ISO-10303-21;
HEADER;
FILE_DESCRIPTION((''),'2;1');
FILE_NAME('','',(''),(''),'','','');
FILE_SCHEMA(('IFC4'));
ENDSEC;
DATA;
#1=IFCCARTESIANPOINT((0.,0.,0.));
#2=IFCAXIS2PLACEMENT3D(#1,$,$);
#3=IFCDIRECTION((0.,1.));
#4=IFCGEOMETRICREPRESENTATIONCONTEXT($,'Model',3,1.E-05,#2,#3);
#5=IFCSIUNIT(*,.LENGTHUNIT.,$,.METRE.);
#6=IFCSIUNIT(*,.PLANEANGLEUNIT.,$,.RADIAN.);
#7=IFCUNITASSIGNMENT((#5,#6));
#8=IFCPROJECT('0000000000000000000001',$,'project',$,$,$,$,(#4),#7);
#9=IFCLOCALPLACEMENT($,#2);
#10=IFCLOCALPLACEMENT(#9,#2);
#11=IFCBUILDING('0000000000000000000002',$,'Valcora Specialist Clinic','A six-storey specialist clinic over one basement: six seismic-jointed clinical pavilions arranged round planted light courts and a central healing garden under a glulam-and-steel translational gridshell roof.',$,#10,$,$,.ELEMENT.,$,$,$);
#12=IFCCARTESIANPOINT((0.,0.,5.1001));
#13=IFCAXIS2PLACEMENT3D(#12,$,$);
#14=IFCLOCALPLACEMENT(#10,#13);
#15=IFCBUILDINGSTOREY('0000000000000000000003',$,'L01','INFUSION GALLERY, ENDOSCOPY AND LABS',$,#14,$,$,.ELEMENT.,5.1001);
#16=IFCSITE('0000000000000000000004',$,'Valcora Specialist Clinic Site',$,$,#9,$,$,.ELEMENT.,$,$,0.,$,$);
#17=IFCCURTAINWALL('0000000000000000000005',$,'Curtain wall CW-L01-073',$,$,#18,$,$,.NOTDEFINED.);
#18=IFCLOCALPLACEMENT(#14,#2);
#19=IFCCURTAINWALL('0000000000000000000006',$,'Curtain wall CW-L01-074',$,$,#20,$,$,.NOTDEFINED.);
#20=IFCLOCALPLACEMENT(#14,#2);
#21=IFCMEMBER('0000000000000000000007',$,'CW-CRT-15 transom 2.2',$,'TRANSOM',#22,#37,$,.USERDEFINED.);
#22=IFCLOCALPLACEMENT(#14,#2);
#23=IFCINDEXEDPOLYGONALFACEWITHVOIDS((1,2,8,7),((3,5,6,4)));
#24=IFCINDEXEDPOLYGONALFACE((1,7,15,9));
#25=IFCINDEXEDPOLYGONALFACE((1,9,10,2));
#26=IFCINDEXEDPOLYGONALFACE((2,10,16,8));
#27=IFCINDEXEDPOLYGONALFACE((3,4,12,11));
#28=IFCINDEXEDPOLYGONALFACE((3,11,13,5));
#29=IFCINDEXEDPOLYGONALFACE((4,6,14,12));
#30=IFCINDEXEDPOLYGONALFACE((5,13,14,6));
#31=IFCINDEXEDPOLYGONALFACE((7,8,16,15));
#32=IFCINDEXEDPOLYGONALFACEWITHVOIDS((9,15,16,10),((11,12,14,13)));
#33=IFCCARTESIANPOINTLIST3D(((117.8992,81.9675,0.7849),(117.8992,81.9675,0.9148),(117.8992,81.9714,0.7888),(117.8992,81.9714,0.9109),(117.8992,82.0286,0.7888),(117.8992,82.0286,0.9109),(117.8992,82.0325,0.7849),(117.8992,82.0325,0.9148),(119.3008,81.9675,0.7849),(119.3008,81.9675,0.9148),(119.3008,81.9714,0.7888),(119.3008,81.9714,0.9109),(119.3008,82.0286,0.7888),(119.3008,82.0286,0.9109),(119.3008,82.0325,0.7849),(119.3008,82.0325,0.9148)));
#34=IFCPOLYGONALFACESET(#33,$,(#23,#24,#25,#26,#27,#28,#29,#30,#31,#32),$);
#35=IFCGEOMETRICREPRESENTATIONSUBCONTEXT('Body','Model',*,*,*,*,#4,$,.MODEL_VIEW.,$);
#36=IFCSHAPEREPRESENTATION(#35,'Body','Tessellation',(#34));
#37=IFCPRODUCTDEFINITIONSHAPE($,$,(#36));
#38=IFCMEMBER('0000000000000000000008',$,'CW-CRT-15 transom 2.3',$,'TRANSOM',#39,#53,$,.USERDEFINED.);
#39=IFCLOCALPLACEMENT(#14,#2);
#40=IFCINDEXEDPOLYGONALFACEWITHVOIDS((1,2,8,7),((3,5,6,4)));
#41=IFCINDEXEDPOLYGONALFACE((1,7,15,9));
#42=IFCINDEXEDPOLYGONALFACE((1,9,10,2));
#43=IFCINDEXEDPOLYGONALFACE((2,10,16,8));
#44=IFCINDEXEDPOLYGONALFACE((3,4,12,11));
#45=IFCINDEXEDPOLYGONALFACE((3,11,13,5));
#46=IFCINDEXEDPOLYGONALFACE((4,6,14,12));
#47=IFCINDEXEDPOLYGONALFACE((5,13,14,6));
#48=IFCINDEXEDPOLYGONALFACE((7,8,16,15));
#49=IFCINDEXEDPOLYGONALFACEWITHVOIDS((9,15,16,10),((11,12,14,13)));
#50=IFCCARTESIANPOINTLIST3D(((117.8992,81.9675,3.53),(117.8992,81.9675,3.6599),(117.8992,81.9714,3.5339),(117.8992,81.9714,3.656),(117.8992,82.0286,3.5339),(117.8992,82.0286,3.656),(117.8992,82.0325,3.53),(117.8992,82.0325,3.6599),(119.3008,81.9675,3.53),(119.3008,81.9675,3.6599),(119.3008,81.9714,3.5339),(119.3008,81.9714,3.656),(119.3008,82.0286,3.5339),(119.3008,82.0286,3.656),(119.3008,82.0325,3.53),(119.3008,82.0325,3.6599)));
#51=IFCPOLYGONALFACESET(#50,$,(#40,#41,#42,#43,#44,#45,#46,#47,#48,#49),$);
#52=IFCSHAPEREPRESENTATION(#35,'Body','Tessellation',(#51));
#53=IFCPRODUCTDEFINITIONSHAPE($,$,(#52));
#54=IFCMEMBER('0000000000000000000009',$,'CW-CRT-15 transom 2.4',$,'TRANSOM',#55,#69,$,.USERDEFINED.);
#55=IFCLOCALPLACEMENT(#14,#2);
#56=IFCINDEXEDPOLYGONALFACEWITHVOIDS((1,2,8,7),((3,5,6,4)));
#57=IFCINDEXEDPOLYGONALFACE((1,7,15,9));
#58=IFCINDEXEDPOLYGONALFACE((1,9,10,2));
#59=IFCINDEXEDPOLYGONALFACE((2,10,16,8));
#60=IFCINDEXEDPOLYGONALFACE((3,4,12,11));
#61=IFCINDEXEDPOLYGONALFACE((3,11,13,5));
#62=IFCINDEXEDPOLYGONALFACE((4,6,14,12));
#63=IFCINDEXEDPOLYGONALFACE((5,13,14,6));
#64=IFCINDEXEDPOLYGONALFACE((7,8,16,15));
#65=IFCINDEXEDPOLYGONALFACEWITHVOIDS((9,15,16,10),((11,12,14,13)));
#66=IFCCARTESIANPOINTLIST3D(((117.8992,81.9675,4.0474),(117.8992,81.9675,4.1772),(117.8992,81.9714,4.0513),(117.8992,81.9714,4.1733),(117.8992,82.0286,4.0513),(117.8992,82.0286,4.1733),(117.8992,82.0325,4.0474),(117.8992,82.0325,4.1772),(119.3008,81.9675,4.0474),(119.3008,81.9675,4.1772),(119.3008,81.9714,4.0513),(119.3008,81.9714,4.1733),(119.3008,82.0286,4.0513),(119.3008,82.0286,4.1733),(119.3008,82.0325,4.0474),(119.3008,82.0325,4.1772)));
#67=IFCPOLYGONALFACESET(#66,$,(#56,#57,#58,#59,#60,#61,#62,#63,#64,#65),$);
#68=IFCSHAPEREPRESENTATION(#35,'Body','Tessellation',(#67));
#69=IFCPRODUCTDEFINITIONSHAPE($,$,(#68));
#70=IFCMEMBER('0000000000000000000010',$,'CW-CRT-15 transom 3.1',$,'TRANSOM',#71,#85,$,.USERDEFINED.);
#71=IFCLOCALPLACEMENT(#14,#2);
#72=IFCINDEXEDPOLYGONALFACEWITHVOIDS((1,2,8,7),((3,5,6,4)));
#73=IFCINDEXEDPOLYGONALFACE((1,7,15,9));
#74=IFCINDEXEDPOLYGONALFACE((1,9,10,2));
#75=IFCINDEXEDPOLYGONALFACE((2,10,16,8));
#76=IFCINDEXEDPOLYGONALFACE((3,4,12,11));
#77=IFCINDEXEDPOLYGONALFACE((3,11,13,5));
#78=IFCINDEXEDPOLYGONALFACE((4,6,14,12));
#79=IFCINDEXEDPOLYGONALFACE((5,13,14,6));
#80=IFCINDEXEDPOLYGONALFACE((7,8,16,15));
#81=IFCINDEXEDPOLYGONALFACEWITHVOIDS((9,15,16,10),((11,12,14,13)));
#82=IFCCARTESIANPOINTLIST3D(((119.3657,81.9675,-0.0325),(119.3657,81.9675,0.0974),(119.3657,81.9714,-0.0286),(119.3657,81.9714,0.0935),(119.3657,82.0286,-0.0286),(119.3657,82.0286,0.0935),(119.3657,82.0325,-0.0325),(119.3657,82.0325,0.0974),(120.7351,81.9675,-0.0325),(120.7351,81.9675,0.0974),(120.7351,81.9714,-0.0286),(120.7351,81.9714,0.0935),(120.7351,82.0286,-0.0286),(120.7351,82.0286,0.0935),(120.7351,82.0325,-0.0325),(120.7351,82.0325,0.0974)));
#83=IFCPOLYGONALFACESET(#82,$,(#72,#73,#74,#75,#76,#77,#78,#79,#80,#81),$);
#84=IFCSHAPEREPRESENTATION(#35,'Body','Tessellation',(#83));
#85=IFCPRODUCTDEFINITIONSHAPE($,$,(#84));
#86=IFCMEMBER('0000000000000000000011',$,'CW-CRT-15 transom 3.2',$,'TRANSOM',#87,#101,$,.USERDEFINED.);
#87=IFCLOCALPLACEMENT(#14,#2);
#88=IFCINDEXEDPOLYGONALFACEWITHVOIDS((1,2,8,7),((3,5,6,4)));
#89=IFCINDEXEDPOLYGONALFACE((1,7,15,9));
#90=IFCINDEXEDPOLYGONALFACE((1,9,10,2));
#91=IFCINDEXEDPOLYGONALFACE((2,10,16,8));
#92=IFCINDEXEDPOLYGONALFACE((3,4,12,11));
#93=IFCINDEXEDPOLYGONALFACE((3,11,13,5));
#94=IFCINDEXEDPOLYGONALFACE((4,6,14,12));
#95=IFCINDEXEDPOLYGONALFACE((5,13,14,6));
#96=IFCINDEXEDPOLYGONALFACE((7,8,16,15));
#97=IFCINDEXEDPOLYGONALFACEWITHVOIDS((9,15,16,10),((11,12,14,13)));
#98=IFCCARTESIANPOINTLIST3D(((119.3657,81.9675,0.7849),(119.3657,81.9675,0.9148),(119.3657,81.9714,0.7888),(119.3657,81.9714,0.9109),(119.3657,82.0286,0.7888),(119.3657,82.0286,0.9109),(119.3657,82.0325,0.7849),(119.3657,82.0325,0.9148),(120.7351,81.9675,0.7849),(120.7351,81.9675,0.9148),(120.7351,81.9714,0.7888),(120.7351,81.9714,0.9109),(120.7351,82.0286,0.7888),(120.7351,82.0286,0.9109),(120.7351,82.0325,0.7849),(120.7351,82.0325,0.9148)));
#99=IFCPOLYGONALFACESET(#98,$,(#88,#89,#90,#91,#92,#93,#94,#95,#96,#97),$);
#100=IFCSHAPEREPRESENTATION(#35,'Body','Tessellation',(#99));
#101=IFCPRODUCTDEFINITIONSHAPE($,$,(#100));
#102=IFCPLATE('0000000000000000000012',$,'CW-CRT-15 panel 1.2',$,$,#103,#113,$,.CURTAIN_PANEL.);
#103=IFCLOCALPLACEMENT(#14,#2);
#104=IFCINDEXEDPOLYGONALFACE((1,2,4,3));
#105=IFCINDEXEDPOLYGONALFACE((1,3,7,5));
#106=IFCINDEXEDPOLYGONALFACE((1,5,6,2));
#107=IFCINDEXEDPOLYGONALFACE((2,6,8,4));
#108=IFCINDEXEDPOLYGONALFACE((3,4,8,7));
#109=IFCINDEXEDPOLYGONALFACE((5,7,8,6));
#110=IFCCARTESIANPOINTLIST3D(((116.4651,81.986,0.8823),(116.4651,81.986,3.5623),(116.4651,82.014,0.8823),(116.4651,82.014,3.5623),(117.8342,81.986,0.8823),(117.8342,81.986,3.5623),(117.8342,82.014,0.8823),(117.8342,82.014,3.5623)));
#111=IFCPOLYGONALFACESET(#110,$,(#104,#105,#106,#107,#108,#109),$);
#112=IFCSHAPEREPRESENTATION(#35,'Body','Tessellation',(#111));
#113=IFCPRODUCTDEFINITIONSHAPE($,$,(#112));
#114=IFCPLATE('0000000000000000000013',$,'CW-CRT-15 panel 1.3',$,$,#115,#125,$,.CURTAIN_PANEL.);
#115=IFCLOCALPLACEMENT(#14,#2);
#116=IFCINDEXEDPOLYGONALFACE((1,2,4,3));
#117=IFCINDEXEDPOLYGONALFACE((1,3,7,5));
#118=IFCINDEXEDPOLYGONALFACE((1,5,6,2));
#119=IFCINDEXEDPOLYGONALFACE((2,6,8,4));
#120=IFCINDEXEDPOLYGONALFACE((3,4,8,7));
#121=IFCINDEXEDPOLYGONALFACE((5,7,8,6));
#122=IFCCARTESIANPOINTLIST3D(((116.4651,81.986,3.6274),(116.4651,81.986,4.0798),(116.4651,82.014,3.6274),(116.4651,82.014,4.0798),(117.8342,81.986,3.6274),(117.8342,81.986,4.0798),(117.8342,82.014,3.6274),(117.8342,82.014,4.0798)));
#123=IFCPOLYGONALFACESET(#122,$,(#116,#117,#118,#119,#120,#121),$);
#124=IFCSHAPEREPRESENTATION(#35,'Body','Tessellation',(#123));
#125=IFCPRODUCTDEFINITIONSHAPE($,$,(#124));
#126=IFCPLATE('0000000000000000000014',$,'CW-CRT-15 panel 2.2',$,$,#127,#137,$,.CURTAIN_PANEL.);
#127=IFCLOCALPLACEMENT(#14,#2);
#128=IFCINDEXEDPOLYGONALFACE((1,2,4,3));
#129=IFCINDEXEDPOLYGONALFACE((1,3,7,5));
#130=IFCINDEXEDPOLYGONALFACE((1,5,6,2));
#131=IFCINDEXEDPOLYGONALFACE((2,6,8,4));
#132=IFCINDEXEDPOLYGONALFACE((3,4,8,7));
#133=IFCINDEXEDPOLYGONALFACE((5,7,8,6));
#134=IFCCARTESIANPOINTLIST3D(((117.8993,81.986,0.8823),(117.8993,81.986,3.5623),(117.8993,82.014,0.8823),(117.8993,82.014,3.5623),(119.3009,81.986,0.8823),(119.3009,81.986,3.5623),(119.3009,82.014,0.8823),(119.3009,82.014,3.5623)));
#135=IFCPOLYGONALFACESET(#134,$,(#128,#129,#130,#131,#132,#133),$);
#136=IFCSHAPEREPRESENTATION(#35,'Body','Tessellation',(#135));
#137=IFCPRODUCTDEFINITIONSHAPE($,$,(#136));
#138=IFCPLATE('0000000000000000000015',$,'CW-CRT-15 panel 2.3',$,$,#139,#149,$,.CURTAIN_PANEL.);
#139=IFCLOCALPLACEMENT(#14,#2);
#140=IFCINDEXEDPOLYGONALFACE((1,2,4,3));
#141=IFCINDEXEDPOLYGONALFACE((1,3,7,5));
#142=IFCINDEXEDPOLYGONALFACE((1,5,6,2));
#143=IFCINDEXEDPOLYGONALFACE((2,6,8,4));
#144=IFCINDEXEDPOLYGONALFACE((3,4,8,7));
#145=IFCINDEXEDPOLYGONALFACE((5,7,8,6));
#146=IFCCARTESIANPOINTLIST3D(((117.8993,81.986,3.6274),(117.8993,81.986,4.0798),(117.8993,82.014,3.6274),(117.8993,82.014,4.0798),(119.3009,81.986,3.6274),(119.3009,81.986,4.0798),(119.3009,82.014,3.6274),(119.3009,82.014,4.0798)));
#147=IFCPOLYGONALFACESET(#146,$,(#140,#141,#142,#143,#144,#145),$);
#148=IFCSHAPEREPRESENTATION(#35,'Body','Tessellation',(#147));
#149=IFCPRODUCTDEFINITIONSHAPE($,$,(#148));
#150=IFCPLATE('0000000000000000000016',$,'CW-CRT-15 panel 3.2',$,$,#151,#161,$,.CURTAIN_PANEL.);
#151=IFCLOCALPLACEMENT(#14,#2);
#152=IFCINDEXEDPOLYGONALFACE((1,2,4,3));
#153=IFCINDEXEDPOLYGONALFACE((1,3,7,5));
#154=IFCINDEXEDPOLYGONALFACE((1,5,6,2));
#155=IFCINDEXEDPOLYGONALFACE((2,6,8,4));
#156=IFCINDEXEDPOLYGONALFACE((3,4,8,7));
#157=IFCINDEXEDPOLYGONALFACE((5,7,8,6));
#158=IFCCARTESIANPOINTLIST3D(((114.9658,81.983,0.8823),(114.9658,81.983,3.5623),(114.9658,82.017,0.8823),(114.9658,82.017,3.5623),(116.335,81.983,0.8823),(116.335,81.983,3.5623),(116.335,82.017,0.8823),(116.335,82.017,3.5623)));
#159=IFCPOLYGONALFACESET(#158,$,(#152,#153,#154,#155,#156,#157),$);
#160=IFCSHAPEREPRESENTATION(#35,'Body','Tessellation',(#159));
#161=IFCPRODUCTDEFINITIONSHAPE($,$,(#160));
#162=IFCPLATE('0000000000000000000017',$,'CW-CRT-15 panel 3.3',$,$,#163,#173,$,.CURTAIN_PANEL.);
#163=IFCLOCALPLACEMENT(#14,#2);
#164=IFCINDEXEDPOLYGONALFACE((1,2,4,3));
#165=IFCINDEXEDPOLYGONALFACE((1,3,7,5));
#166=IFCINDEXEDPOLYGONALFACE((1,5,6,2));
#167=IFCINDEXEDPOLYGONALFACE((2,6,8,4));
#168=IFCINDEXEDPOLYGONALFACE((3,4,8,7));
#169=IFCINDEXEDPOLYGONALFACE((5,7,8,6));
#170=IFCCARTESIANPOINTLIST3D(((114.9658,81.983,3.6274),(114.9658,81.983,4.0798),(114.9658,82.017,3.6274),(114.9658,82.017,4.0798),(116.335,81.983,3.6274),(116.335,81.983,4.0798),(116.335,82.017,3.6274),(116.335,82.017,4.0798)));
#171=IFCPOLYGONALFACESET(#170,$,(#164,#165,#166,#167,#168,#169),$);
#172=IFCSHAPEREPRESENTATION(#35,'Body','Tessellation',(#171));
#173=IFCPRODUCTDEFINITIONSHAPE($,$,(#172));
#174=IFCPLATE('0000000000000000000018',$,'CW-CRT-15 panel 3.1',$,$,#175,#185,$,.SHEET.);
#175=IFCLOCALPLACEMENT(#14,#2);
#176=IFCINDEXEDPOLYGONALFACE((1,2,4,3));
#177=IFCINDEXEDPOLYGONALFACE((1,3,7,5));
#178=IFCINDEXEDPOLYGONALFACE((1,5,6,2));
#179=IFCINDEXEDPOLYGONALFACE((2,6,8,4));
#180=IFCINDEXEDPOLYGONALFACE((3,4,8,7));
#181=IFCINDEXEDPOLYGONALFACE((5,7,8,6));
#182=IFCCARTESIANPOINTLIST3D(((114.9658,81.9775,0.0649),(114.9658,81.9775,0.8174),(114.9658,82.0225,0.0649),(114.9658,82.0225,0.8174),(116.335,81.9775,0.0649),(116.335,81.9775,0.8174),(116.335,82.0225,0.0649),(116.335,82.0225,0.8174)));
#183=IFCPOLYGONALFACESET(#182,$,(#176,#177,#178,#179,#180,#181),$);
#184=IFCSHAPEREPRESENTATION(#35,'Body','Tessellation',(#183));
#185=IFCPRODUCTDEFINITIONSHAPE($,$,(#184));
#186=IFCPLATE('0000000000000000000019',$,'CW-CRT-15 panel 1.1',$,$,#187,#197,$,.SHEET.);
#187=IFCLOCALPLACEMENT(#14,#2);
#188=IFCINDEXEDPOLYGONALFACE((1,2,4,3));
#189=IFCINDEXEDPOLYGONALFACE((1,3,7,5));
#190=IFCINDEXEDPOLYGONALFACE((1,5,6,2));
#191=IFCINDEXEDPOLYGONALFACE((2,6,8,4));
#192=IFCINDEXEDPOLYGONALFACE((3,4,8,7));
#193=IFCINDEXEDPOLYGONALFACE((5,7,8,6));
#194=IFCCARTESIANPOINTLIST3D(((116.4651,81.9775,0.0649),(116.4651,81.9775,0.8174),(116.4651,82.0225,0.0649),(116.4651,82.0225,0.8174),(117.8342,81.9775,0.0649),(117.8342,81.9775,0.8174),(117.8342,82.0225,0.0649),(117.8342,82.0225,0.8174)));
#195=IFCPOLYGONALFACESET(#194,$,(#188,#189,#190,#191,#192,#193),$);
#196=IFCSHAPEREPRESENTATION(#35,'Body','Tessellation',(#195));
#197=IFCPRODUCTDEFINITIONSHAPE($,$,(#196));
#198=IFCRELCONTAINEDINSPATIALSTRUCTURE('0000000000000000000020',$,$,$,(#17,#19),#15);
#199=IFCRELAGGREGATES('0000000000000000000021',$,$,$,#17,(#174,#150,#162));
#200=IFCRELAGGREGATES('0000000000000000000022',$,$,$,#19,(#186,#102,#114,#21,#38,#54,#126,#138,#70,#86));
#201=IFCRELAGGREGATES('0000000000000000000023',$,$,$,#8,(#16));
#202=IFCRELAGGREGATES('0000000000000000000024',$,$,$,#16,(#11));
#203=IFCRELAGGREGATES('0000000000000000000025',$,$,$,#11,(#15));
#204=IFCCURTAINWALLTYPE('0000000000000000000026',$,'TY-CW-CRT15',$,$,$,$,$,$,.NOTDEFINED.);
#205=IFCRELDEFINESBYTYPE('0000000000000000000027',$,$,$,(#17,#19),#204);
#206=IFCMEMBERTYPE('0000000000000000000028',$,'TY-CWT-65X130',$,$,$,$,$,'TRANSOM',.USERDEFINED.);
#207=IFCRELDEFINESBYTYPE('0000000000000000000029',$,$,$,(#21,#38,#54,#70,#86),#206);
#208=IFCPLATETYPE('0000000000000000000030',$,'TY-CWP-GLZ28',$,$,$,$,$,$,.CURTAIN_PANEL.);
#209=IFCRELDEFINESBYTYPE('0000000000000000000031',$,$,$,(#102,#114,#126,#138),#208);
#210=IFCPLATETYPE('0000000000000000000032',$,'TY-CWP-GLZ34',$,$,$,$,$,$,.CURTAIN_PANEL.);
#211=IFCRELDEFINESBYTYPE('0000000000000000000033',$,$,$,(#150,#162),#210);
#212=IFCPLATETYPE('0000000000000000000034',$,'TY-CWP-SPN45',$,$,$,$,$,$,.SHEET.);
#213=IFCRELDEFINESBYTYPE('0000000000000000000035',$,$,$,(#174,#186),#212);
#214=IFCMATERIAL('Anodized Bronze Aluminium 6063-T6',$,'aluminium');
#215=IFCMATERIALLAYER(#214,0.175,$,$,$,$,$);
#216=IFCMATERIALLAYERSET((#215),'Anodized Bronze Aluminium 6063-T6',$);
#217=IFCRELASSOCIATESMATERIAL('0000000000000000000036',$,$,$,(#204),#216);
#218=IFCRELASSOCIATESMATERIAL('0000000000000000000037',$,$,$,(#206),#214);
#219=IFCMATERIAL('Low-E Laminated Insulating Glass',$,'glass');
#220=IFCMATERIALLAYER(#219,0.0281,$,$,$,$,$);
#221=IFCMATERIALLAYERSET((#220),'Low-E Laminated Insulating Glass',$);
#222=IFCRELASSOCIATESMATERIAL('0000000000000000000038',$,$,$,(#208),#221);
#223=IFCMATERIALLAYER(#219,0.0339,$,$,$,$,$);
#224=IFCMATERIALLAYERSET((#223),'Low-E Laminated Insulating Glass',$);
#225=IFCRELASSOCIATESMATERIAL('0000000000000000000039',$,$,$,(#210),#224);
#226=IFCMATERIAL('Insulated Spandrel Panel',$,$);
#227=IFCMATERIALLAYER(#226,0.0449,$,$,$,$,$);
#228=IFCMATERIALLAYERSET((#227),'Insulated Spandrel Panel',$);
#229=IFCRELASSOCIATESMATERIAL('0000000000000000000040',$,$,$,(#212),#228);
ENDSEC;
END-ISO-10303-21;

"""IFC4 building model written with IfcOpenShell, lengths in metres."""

from ifc_helpers import new_model, si_unit, direction, frame, origin, origin_2d, place, context, subcontext, project, spatial, rectangle, hollow_rectangle, extrude, material, layer, layer_set, material_profile, profile_set, type_object, element, aggregate, save


model = new_model("IFC4")

# Units and contexts
model_context = context("Model", 3, precision=1e-05, world=origin(), true_north=direction((0.0, 1.0)))
body_context = subcontext(model_context, "Body", "Model", "MODEL_VIEW")
ifc_project = project(units=[si_unit("LENGTHUNIT", "METRE"), si_unit("PLANEANGLEUNIT", "RADIAN")], contexts=[model_context])

# Site, building, storey
site_placement = place(None, origin())
site = spatial("IfcSite", under=ifc_project, at=site_placement, Name="Valcora Specialist Clinic Site", CompositionType="ELEMENT", RefElevation=0.0)
building_placement = place(site_placement, origin())
building = spatial("IfcBuilding", under=site, at=building_placement, Name="Valcora Specialist Clinic", Description="A six-storey specialist clinic over one basement: six seismic-jointed clinical pavilions arranged round planted light courts and a central healing garden under a glulam-and-steel translational gridshell roof.", CompositionType="ELEMENT")
storey_placement = place(building_placement, frame((0.0, 0.0, 5.1001)))
storey = spatial("IfcBuildingStorey", under=building, at=storey_placement, Name="L01", Description="INFUSION GALLERY, ENDOSCOPY AND LABS", CompositionType="ELEMENT", Elevation=5.1001)

# Curtain wall
ifc_material_1 = material(Name="Anodized Bronze Aluminium 6063-T6", Category="aluminium")
ifc_layer_1 = layer(ifc_material_1, 0.175)
ifc_layer_set_1 = layer_set([ifc_layer_1], Name="Anodized Bronze Aluminium 6063-T6")
curtain_wall_type = type_object("IfcCurtainWallType", Name="TY-CW-CRT15", PredefinedType="NOTDEFINED", material=ifc_layer_set_1)
curtain_wall_1_placement = place(storey_placement, origin())
curtain_wall_1 = element("IfcCurtainWall", 1, at=curtain_wall_1_placement, inside=storey, type_object=curtain_wall_type, Name="Curtain wall CW-L01-073", PredefinedType="NOTDEFINED")

# Curtain wall
curtain_wall_2_placement = place(storey_placement, origin())
curtain_wall_2 = element("IfcCurtainWall", 2, at=curtain_wall_2_placement, inside=storey, type_object=curtain_wall_type, Name="Curtain wall CW-L01-074", PredefinedType="NOTDEFINED")

# Members
ifc_material_profile_1 = material_profile(ifc_material_1, hollow_rectangle(XDim=0.0649, YDim=0.1299, WallThickness=0.0039, at=origin_2d()), Name="AL-TRN-65X130")
ifc_profile_set_1 = profile_set([ifc_material_profile_1], Name="Anodized Bronze Aluminium 6063-T6")
member_type_1 = type_object("IfcMemberType", Name="TY-CWT-65X130", ElementType="TRANSOM", PredefinedType="USERDEFINED", material=ifc_profile_set_1)
member_1_placement = place(storey_placement, frame((117.8992, 82.0, 0.8499), z_axis=(1.0, 0.0, 0.0), x_axis=(0.0, 1.0, 0.0)))
member_1 = element("IfcMember", 3, at=member_1_placement, type_object=member_type_1, Name="CW-CRT-15 transom 2.2", ObjectType="TRANSOM", PredefinedType="USERDEFINED", context=body_context, shape_type="SweptSolid", body=[
    extrude(hollow_rectangle(XDim=0.0649, YDim=0.1299, WallThickness=0.0039, at=origin_2d()), origin(), (0.0, 0.0, 1.0), 1.4016),
])
member_2_placement = place(storey_placement, frame((117.8992, 82.0, 3.595), z_axis=(1.0, 0.0, 0.0), x_axis=(0.0, 1.0, 0.0)))
member_2 = element("IfcMember", 4, at=member_2_placement, type_object=member_type_1, Name="CW-CRT-15 transom 2.3", ObjectType="TRANSOM", PredefinedType="USERDEFINED", context=body_context, shape_type="SweptSolid", body=[
    extrude(hollow_rectangle(XDim=0.0649, YDim=0.1299, WallThickness=0.0039, at=origin_2d()), origin(), (0.0, 0.0, 1.0), 1.4016),
])
member_3_placement = place(storey_placement, frame((117.8992, 82.0, 4.1123), z_axis=(1.0, 0.0, 0.0), x_axis=(0.0, 1.0, 0.0)))
member_3 = element("IfcMember", 5, at=member_3_placement, type_object=member_type_1, Name="CW-CRT-15 transom 2.4", ObjectType="TRANSOM", PredefinedType="USERDEFINED", context=body_context, shape_type="SweptSolid", body=[
    extrude(hollow_rectangle(XDim=0.0649, YDim=0.1299, WallThickness=0.0039, at=origin_2d()), origin(), (0.0, 0.0, 1.0), 1.4016),
])
member_4_placement = place(storey_placement, frame((119.3657, 82.0, 0.0325), z_axis=(1.0, 0.0, 0.0), x_axis=(0.0, 1.0, 0.0)))
member_4 = element("IfcMember", 6, at=member_4_placement, type_object=member_type_1, Name="CW-CRT-15 transom 3.1", ObjectType="TRANSOM", PredefinedType="USERDEFINED", context=body_context, shape_type="SweptSolid", body=[
    extrude(hollow_rectangle(XDim=0.0649, YDim=0.1299, WallThickness=0.0039, at=origin_2d()), origin(), (0.0, 0.0, 1.0), 1.3694),
])
member_5_placement = place(storey_placement, frame((119.3657, 82.0, 0.8499), z_axis=(1.0, 0.0, 0.0), x_axis=(0.0, 1.0, 0.0)))
member_5 = element("IfcMember", 7, at=member_5_placement, type_object=member_type_1, Name="CW-CRT-15 transom 3.2", ObjectType="TRANSOM", PredefinedType="USERDEFINED", context=body_context, shape_type="SweptSolid", body=[
    extrude(hollow_rectangle(XDim=0.0649, YDim=0.1299, WallThickness=0.0039, at=origin_2d()), origin(), (0.0, 0.0, 1.0), 1.3694),
])

# Plates
ifc_material_2 = material(Name="Low-E Laminated Insulating Glass", Category="glass")
ifc_layer_2 = layer(ifc_material_2, 0.0281)
ifc_layer_set_2 = layer_set([ifc_layer_2], Name="Low-E Laminated Insulating Glass")
plate_type_1 = type_object("IfcPlateType", Name="TY-CWP-GLZ28", PredefinedType="CURTAIN_PANEL", material=ifc_layer_set_2)
plate_1_placement = place(storey_placement, frame((117.1497, 82.0, 0.8823), z_axis=(0.0, 0.0, 1.0), x_axis=(1.0, 0.0, 0.0)))
plate_1 = element("IfcPlate", 8, at=plate_1_placement, type_object=plate_type_1, Name="CW-CRT-15 panel 1.2", PredefinedType="CURTAIN_PANEL", context=body_context, shape_type="SweptSolid", body=[
    extrude(rectangle(XDim=1.3691, YDim=0.0281, at=origin_2d()), origin(), (0.0, 0.0, 1.0), 2.6799),
])
plate_2_placement = place(storey_placement, frame((117.1497, 82.0, 3.6274), z_axis=(0.0, 0.0, 1.0), x_axis=(1.0, 0.0, 0.0)))
plate_2 = element("IfcPlate", 9, at=plate_2_placement, type_object=plate_type_1, Name="CW-CRT-15 panel 1.3", PredefinedType="CURTAIN_PANEL", context=body_context, shape_type="SweptSolid", body=[
    extrude(rectangle(XDim=1.3691, YDim=0.0281, at=origin_2d()), origin(), (0.0, 0.0, 1.0), 0.4524),
])
plate_3_placement = place(storey_placement, frame((118.6001, 82.0, 0.8823), z_axis=(0.0, 0.0, 1.0), x_axis=(1.0, 0.0, 0.0)))
plate_3 = element("IfcPlate", 10, at=plate_3_placement, type_object=plate_type_1, Name="CW-CRT-15 panel 2.2", PredefinedType="CURTAIN_PANEL", context=body_context, shape_type="SweptSolid", body=[
    extrude(rectangle(XDim=1.4016, YDim=0.0281, at=origin_2d()), origin(), (0.0, 0.0, 1.0), 2.6799),
])
plate_4_placement = place(storey_placement, frame((118.6001, 82.0, 3.6274), z_axis=(0.0, 0.0, 1.0), x_axis=(1.0, 0.0, 0.0)))
plate_4 = element("IfcPlate", 11, at=plate_4_placement, type_object=plate_type_1, Name="CW-CRT-15 panel 2.3", PredefinedType="CURTAIN_PANEL", context=body_context, shape_type="SweptSolid", body=[
    extrude(rectangle(XDim=1.4016, YDim=0.0281, at=origin_2d()), origin(), (0.0, 0.0, 1.0), 0.4524),
])
ifc_layer_3 = layer(ifc_material_2, 0.0339)
ifc_layer_set_3 = layer_set([ifc_layer_3], Name="Low-E Laminated Insulating Glass")
plate_type_2 = type_object("IfcPlateType", Name="TY-CWP-GLZ34", PredefinedType="CURTAIN_PANEL", material=ifc_layer_set_3)
plate_5_placement = place(storey_placement, frame((115.6504, 82.0, 0.8823), z_axis=(0.0, 0.0, 1.0), x_axis=(1.0, 0.0, 0.0)))
plate_5 = element("IfcPlate", 12, at=plate_5_placement, type_object=plate_type_2, Name="CW-CRT-15 panel 3.2", PredefinedType="CURTAIN_PANEL", context=body_context, shape_type="SweptSolid", body=[
    extrude(rectangle(XDim=1.3691, YDim=0.0339, at=origin_2d()), origin(), (0.0, 0.0, 1.0), 2.6799),
])
plate_6_placement = place(storey_placement, frame((115.6504, 82.0, 3.6274), z_axis=(0.0, 0.0, 1.0), x_axis=(1.0, 0.0, 0.0)))
plate_6 = element("IfcPlate", 13, at=plate_6_placement, type_object=plate_type_2, Name="CW-CRT-15 panel 3.3", PredefinedType="CURTAIN_PANEL", context=body_context, shape_type="SweptSolid", body=[
    extrude(rectangle(XDim=1.3691, YDim=0.0339, at=origin_2d()), origin(), (0.0, 0.0, 1.0), 0.4524),
])
ifc_material_3 = material(Name="Insulated Spandrel Panel")
ifc_layer_4 = layer(ifc_material_3, 0.0449)
ifc_layer_set_4 = layer_set([ifc_layer_4], Name="Insulated Spandrel Panel")
plate_type_3 = type_object("IfcPlateType", Name="TY-CWP-SPN45", PredefinedType="SHEET", material=ifc_layer_set_4)
plate_7_placement = place(storey_placement, frame((115.6504, 82.0, 0.0649), z_axis=(0.0, 0.0, 1.0), x_axis=(1.0, 0.0, 0.0)))
plate_7 = element("IfcPlate", 14, at=plate_7_placement, type_object=plate_type_3, Name="CW-CRT-15 panel 3.1", PredefinedType="SHEET", context=body_context, shape_type="SweptSolid", body=[
    extrude(rectangle(XDim=1.3691, YDim=0.0449, at=origin_2d()), origin(), (0.0, 0.0, 1.0), 0.7524),
])
aggregate(curtain_wall_1, [plate_7, plate_5, plate_6])
plate_8_placement = place(storey_placement, frame((117.1497, 82.0, 0.0649), z_axis=(0.0, 0.0, 1.0), x_axis=(1.0, 0.0, 0.0)))
plate_8 = element("IfcPlate", 15, at=plate_8_placement, type_object=plate_type_3, Name="CW-CRT-15 panel 1.1", PredefinedType="SHEET", context=body_context, shape_type="SweptSolid", body=[
    extrude(rectangle(XDim=1.3691, YDim=0.0449, at=origin_2d()), origin(), (0.0, 0.0, 1.0), 0.7524),
])
aggregate(curtain_wall_2, [plate_8, plate_1, plate_2, member_1, member_2, member_3, plate_3, plate_4, member_4, member_5])

save(model, "model.ifc")
